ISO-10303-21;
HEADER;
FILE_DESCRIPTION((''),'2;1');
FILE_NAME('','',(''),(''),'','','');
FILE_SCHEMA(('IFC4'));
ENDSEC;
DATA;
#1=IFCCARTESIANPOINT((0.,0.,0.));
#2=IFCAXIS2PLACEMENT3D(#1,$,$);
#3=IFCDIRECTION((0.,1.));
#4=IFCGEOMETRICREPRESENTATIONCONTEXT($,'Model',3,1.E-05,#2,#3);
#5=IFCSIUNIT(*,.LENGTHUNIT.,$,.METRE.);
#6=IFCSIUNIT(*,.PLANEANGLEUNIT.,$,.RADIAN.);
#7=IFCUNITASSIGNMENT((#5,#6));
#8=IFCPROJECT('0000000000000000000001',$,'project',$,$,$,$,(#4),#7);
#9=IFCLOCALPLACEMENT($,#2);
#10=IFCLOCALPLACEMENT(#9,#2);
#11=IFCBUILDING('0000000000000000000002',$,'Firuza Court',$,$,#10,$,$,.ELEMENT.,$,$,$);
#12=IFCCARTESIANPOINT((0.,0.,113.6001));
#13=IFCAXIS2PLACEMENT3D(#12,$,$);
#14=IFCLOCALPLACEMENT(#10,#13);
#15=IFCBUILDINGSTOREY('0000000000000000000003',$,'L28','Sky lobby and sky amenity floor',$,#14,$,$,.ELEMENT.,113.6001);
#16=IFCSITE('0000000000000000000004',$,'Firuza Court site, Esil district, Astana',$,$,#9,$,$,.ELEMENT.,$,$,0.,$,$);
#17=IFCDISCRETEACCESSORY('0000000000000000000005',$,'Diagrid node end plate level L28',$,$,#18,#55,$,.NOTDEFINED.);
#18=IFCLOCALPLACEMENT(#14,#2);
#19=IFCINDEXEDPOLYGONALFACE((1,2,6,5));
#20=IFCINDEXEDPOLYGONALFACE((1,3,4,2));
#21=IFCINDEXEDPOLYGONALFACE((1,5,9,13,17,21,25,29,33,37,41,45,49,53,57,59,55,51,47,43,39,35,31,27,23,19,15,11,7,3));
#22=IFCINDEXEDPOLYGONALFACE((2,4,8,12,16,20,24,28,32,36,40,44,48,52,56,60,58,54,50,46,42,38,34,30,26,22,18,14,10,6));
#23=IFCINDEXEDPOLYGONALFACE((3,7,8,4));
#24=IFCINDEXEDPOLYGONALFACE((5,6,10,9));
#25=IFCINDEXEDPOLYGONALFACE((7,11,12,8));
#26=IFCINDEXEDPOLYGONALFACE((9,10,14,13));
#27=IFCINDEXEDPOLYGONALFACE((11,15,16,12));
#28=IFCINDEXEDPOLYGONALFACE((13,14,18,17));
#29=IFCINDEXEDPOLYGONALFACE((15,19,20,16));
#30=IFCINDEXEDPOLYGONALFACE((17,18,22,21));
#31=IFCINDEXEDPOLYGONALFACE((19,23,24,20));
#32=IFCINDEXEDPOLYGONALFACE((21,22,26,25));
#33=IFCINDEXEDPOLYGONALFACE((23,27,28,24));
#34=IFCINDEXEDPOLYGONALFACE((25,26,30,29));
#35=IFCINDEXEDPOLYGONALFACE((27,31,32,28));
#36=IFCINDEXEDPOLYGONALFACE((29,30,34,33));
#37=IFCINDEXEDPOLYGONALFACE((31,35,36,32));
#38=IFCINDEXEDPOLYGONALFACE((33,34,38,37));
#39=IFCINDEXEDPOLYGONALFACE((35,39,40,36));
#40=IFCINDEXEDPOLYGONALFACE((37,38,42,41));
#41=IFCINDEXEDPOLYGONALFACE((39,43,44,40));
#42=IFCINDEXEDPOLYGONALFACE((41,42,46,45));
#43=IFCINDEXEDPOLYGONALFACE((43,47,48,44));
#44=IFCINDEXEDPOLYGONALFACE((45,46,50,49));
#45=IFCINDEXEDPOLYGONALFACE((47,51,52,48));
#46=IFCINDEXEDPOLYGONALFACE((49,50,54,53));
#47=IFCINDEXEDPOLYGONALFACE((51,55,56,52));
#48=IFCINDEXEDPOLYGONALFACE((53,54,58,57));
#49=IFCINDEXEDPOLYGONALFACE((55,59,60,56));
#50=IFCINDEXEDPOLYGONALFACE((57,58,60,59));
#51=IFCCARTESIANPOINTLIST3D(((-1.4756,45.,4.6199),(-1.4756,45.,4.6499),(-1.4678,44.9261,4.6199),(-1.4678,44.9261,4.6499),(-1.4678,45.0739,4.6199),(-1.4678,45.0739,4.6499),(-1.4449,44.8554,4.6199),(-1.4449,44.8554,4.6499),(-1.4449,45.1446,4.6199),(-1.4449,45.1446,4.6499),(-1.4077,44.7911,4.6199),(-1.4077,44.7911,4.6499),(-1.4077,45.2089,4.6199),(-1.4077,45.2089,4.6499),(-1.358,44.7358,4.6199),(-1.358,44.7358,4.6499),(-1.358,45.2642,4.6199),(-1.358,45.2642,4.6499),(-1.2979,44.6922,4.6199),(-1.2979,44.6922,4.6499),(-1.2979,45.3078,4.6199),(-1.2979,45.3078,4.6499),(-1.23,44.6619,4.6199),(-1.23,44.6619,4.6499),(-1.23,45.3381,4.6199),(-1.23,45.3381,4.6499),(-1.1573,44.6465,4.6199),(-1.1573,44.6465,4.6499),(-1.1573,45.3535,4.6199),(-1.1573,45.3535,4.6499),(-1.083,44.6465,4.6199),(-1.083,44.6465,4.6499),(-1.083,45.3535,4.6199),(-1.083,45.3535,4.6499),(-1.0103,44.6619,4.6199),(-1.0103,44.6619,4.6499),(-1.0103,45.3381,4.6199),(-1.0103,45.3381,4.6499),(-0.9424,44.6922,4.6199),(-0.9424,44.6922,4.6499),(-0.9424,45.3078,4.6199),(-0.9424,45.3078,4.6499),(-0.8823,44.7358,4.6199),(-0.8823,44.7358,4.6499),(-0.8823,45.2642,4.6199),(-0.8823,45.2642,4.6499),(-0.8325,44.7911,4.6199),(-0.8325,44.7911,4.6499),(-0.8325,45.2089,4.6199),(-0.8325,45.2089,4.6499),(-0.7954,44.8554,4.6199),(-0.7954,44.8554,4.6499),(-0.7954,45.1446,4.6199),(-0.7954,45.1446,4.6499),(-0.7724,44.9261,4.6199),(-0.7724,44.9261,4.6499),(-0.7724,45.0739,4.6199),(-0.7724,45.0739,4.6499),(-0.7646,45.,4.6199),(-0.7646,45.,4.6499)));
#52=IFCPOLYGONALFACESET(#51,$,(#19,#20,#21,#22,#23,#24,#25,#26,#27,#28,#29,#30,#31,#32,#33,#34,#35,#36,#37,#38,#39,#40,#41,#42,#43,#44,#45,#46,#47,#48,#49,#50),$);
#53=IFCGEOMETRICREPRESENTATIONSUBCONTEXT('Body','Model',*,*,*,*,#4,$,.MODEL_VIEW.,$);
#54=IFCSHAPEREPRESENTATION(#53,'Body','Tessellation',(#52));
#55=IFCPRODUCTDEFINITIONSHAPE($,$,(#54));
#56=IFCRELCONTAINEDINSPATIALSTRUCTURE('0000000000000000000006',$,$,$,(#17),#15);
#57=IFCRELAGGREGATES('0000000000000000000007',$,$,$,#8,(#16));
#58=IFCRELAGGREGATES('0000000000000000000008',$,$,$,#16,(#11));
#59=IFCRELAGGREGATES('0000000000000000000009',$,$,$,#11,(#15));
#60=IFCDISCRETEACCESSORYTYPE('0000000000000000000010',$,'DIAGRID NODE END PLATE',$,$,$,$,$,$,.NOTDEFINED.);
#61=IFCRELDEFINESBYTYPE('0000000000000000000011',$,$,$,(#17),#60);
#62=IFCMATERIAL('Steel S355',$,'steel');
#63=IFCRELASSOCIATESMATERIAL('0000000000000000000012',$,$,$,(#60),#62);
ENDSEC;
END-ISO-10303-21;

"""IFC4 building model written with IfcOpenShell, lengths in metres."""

from ifc_helpers import new_model, si_unit, direction, frame, origin, origin_2d, place, context, subcontext, project, spatial, circle, extrude, material, material_profile, profile_set, type_object, element, save


model = new_model("IFC4")

# Units and contexts
model_context = context("Model", 3, precision=1e-05, world=origin(), true_north=direction((0.0, 1.0)))
body_context = subcontext(model_context, "Body", "Model", "MODEL_VIEW")
ifc_project = project(units=[si_unit("LENGTHUNIT", "METRE"), si_unit("PLANEANGLEUNIT", "RADIAN")], contexts=[model_context])

# Site, building, storey
site_placement = place(None, origin())
site = spatial("IfcSite", under=ifc_project, at=site_placement, Name="Firuza Court site, Esil district, Astana", CompositionType="ELEMENT", RefElevation=0.0)
building_placement = place(site_placement, origin())
building = spatial("IfcBuilding", under=site, at=building_placement, Name="Firuza Court", CompositionType="ELEMENT")
storey_placement = place(building_placement, frame((0.0, 0.0, 113.6001)))
storey = spatial("IfcBuildingStorey", under=building, at=storey_placement, Name="L28", Description="Sky lobby and sky amenity floor", CompositionType="ELEMENT", Elevation=113.6001)

# Discrete accessory
ifc_material_1 = material(Name="Steel S355", Category="steel")
ifc_material_profile_1 = material_profile(ifc_material_1, circle(Radius=0.3555, at=origin_2d()), Name="PL D711")
ifc_profile_set_1 = profile_set([ifc_material_profile_1], Name="Steel S355")
discrete_accessory_type = type_object("IfcDiscreteAccessoryType", Name="DIAGRID NODE END PLATE", PredefinedType="NOTDEFINED", material=ifc_profile_set_1)
discrete_accessory_1_placement = place(storey_placement, frame((-1.1201, 45.0, 4.6199), z_axis=(0.0, 0.0, 1.0), x_axis=(1.0, 0.0, 0.0)))
element("IfcDiscreteAccessory", 1, at=discrete_accessory_1_placement, inside=storey, type_object=discrete_accessory_type, Name="Diagrid node end plate level L28", PredefinedType="NOTDEFINED", context=body_context, shape_type="SweptSolid", body=[
    extrude(circle(Radius=0.3555, at=origin_2d()), origin(), (0.0, 0.0, 1.0), 0.03),
])

save(model, "model.ifc")
